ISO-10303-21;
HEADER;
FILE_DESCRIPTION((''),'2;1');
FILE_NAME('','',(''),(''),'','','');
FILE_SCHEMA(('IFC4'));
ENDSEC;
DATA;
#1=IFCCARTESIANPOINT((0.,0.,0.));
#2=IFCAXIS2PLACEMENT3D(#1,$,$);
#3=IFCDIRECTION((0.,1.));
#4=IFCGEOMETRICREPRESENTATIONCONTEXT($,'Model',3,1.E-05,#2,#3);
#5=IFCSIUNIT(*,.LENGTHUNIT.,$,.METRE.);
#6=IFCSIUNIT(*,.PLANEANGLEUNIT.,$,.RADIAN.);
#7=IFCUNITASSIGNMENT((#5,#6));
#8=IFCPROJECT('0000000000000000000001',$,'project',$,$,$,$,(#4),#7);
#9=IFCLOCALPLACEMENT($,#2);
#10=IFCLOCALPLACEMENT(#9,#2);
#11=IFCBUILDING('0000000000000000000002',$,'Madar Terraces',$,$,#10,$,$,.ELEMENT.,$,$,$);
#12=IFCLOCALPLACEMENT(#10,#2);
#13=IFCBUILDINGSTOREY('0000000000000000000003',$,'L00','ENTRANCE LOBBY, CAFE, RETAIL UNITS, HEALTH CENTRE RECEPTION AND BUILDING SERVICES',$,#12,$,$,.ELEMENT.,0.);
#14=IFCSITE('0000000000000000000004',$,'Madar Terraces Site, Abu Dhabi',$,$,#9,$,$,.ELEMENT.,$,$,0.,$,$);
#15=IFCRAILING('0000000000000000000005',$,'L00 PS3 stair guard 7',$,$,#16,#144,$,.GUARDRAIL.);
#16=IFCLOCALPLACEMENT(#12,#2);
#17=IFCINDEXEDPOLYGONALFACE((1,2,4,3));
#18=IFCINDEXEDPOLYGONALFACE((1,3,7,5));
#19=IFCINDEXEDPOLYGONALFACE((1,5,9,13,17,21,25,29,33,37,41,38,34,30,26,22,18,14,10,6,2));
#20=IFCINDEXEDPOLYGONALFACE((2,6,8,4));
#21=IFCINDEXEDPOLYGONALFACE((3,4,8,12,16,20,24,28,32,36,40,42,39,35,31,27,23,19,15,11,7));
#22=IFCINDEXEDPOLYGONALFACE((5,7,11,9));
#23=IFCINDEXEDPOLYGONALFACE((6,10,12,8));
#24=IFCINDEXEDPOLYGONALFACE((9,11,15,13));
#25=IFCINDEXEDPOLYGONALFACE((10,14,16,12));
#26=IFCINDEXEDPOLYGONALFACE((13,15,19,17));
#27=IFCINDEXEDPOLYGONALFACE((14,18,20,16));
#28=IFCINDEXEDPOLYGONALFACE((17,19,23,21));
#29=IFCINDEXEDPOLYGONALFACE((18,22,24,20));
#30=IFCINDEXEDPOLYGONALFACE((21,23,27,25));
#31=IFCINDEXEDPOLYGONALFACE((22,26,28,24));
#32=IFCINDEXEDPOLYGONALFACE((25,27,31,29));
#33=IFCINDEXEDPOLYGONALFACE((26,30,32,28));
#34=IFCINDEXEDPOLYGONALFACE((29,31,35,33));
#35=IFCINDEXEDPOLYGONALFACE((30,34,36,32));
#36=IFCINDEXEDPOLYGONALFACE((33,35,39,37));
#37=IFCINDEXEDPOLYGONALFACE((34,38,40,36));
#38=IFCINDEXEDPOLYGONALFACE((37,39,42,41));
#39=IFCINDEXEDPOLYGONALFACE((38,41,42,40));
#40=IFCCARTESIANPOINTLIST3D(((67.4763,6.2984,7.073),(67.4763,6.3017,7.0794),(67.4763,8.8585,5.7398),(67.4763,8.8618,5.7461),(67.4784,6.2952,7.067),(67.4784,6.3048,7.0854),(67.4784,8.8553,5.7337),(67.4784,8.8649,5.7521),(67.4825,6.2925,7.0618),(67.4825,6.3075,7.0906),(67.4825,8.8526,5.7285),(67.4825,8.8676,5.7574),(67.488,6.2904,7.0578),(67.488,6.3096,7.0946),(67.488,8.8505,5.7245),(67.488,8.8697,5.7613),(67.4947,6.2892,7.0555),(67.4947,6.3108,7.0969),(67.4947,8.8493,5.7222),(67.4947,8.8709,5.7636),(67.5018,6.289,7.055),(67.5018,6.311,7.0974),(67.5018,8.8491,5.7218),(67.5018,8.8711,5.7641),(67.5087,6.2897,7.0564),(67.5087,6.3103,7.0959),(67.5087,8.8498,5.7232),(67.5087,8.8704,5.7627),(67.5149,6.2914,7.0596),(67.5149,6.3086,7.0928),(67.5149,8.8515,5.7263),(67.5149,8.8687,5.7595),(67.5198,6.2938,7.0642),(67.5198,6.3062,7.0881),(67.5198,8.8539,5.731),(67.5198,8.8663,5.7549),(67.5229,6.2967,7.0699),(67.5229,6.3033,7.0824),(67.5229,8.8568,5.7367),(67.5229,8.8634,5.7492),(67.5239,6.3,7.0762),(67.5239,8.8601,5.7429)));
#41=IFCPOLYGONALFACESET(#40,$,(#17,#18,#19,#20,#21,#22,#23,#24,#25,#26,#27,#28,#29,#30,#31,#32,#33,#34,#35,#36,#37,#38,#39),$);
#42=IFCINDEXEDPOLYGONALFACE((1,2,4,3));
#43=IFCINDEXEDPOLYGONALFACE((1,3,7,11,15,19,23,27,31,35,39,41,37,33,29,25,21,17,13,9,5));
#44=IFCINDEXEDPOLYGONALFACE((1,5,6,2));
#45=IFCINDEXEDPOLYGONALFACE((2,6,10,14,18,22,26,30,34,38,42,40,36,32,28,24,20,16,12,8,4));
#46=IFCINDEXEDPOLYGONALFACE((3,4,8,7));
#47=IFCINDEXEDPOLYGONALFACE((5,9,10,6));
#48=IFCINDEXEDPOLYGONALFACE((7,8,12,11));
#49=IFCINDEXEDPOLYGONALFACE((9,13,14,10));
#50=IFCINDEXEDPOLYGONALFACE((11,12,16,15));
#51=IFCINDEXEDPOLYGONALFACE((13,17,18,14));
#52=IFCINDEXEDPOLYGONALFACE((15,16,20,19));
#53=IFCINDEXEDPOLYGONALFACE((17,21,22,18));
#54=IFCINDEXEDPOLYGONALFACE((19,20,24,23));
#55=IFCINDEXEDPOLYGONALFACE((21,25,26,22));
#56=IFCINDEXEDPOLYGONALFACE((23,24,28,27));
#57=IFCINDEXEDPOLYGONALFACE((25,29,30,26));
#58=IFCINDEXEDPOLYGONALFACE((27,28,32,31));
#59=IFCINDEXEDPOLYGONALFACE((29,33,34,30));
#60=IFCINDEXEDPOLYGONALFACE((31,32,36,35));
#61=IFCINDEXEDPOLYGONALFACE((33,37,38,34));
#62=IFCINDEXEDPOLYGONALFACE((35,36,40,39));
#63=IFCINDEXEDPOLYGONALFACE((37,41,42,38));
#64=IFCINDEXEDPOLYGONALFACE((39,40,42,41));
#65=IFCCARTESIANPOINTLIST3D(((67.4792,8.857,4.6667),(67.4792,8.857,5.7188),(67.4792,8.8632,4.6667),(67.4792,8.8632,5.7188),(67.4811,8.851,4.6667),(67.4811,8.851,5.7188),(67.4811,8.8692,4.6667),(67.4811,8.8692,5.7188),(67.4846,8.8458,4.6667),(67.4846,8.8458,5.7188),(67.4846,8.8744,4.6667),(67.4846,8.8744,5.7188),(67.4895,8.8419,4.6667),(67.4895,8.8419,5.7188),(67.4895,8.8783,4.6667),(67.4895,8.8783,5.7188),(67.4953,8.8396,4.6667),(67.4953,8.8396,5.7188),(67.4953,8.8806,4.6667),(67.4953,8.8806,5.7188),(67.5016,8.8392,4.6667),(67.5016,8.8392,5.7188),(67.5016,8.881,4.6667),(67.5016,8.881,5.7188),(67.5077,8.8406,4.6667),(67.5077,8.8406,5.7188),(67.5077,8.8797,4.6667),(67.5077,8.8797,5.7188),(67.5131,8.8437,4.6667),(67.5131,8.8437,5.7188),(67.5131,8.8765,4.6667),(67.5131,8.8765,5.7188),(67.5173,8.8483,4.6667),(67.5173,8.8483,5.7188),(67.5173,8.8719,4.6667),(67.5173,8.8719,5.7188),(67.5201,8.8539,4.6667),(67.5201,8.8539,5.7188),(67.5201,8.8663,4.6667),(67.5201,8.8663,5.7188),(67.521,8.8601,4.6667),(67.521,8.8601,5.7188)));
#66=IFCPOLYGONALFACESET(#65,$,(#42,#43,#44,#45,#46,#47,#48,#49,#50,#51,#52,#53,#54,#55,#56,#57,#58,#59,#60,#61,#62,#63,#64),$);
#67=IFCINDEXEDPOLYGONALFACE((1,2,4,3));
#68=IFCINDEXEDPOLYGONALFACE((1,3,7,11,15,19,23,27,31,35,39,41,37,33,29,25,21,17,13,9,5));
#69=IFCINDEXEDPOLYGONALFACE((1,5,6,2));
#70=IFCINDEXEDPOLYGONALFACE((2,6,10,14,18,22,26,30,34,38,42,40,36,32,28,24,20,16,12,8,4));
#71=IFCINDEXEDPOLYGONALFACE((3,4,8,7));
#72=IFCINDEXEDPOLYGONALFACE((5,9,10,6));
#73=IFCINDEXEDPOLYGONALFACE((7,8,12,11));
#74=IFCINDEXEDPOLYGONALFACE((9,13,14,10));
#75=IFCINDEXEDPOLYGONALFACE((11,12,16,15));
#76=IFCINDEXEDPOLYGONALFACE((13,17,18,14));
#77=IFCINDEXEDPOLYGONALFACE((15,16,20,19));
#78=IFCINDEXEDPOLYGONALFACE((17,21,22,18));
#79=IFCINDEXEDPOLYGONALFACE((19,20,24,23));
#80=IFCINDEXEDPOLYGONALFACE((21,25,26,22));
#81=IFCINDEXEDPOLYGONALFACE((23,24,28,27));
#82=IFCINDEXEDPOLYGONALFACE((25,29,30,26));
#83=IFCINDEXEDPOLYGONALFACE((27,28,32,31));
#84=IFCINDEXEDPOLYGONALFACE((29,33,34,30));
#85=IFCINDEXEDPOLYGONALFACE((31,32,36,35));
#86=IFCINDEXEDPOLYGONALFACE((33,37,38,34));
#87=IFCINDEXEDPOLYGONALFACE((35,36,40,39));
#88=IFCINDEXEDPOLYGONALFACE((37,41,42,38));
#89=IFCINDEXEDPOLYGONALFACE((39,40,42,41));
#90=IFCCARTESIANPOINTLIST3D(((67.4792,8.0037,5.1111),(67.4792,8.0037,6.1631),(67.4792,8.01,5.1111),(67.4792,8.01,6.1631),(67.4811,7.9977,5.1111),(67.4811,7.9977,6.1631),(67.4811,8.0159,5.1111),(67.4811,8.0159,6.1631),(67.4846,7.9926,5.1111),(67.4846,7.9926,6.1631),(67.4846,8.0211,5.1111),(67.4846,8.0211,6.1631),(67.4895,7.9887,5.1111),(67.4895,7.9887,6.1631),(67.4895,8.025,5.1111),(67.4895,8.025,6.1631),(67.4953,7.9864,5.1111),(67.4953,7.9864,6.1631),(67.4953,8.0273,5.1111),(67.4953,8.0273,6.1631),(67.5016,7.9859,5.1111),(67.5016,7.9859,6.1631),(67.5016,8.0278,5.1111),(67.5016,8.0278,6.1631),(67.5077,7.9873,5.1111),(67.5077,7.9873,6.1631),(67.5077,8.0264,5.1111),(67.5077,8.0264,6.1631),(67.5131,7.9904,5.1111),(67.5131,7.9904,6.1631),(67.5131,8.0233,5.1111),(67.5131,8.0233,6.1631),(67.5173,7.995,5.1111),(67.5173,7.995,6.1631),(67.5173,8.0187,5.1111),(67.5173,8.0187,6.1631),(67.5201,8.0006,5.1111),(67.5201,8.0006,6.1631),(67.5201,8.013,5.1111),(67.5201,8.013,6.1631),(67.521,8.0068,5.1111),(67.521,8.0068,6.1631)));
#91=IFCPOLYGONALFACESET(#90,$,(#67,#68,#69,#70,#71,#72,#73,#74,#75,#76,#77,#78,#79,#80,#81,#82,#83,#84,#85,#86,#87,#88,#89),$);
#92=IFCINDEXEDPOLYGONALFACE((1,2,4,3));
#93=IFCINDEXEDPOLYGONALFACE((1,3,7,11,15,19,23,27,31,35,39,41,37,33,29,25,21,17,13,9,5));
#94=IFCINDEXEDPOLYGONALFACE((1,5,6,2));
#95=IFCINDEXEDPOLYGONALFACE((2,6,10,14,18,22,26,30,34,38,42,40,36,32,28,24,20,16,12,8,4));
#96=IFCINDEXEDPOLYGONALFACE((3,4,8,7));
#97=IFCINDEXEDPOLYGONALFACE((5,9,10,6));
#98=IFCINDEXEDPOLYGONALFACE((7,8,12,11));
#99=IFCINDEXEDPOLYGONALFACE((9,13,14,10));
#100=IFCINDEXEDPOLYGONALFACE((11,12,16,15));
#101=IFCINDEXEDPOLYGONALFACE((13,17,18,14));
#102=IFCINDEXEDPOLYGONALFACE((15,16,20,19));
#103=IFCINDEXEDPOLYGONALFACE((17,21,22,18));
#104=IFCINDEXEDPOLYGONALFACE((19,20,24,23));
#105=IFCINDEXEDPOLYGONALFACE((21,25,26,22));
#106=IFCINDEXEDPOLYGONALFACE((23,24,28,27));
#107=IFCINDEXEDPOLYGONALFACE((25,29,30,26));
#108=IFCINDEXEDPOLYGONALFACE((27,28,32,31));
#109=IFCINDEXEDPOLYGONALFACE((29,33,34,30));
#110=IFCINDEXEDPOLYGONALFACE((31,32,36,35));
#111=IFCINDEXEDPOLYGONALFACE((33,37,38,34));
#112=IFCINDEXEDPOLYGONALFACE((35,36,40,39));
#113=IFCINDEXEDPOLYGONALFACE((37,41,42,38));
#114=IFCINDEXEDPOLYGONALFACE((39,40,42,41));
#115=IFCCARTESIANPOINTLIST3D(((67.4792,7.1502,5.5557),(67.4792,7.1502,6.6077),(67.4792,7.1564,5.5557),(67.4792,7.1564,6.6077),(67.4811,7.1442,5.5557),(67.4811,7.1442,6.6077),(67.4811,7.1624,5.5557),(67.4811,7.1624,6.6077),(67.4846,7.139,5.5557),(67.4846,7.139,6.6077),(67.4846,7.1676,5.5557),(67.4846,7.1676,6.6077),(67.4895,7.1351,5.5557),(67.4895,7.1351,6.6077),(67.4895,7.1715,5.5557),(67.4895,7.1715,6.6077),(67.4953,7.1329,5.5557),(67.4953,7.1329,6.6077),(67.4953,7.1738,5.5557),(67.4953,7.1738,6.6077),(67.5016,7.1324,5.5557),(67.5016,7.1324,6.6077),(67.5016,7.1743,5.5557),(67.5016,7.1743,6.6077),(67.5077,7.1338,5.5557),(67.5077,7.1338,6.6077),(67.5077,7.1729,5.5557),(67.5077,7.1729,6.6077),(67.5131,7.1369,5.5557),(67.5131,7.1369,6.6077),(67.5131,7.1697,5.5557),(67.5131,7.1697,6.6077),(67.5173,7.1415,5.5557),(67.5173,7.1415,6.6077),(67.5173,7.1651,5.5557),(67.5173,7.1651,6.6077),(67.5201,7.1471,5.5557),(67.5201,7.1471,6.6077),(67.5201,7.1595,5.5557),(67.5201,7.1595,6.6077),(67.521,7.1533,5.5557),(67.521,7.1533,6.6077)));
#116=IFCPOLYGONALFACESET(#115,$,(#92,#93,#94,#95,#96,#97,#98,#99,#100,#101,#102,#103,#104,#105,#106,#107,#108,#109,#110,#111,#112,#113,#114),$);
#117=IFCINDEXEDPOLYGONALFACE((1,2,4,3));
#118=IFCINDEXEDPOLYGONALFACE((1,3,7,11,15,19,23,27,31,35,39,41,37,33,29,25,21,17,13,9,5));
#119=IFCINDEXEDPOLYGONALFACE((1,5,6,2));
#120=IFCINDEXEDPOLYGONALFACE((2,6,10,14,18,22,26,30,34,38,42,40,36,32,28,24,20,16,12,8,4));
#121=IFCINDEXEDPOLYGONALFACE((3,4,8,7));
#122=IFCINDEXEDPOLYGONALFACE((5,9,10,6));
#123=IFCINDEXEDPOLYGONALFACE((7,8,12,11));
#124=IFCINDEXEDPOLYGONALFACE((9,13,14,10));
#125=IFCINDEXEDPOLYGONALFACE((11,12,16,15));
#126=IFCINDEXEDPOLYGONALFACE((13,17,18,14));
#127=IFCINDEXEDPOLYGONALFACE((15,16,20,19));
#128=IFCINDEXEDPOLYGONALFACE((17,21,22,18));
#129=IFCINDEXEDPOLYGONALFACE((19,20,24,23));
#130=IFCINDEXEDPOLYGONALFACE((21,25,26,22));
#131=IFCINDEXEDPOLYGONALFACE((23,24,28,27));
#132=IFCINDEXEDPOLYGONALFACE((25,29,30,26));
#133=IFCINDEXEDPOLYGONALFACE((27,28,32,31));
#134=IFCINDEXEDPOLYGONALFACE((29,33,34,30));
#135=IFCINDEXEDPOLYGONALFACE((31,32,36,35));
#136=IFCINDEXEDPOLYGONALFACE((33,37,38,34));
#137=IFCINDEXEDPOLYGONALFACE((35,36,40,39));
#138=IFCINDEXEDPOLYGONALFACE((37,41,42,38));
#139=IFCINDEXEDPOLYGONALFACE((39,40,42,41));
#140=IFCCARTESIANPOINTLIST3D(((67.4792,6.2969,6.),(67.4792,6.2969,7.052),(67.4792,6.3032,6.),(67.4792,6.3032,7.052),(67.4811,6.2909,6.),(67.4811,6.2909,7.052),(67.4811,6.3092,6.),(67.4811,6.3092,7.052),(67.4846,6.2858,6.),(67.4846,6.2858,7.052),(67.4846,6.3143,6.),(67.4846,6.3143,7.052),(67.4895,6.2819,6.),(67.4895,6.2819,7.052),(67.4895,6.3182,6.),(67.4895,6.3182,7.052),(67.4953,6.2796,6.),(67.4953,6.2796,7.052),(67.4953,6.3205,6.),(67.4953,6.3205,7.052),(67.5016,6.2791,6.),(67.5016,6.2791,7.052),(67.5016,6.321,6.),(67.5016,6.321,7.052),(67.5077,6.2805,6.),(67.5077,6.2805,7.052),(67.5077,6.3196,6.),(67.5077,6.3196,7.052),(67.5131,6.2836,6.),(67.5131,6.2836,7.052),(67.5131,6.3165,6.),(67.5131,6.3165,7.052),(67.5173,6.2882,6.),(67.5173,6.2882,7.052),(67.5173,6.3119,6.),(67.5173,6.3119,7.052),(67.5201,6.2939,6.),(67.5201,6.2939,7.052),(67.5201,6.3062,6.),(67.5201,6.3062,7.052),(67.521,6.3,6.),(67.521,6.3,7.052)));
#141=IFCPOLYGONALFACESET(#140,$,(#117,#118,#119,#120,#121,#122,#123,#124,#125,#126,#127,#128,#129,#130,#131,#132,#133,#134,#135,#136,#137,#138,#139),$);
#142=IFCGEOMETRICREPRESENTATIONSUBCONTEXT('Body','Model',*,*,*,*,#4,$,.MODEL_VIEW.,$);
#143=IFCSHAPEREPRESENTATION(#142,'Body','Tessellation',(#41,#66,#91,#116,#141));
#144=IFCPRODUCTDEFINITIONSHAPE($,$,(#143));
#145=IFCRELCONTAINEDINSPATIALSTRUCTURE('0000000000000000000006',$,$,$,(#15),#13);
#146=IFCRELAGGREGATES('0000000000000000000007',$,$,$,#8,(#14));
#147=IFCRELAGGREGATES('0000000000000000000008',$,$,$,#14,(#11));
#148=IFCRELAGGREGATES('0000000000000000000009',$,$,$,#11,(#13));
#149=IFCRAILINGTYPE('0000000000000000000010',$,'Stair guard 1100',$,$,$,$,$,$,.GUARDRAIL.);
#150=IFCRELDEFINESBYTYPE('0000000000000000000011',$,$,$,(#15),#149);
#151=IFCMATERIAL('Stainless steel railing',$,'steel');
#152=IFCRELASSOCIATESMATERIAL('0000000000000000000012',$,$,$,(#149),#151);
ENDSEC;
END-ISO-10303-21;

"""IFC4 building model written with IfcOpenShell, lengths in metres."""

from ifc_helpers import new_model, si_unit, direction, frame, origin, origin_2d, place, context, subcontext, project, spatial, circle, extrude, material, type_object, element, save


model = new_model("IFC4")

# Units and contexts
model_context = context("Model", 3, precision=1e-05, world=origin(), true_north=direction((0.0, 1.0)))
body_context = subcontext(model_context, "Body", "Model", "MODEL_VIEW")
ifc_project = project(units=[si_unit("LENGTHUNIT", "METRE"), si_unit("PLANEANGLEUNIT", "RADIAN")], contexts=[model_context])

# Site, building, storey
site_placement = place(None, origin())
site = spatial("IfcSite", under=ifc_project, at=site_placement, Name="Madar Terraces Site, Abu Dhabi", CompositionType="ELEMENT", RefElevation=0.0)
building_placement = place(site_placement, origin())
building = spatial("IfcBuilding", under=site, at=building_placement, Name="Madar Terraces", CompositionType="ELEMENT")
storey_placement = place(building_placement, origin())
storey = spatial("IfcBuildingStorey", under=building, at=storey_placement, Name="L00", Description="ENTRANCE LOBBY, CAFE, RETAIL UNITS, HEALTH CENTRE RECEPTION AND BUILDING SERVICES", CompositionType="ELEMENT", Elevation=0.0)

# Railing
ifc_material_1 = material(Name="Stainless steel railing", Category="steel")
railing_type_1 = type_object("IfcRailingType", Name="Stair guard 1100", PredefinedType="GUARDRAIL", material=ifc_material_1)
railing_1_placement = place(storey_placement, frame((67.5, 8.8601, 4.6667)))
element("IfcRailing", 1, at=railing_1_placement, inside=storey, type_object=railing_type_1, Name="L00 PS3 stair guard 7", PredefinedType="GUARDRAIL", context=body_context, shape_type="SweptSolid", body=[
    extrude(circle(Radius=0.0239, at=origin_2d()), frame((0.0, 0.0, 1.0762), z_axis=(0.0, -0.88693, 0.461904), x_axis=(1.0, 0.0, 0.0)), (0.0, 0.0, 1.0), 2.8865),
    extrude(circle(Radius=0.021, at=origin_2d()), origin(), (0.0, 0.0, 1.0), 1.052),
    extrude(circle(Radius=0.021, at=origin_2d()), frame((0.0, -0.8533, 0.4443)), (0.0, 0.0, 1.0), 1.052),
    extrude(circle(Radius=0.021, at=origin_2d()), frame((0.0, -1.7068, 0.8889)), (0.0, 0.0, 1.0), 1.052),
    extrude(circle(Radius=0.021, at=origin_2d()), frame((0.0, -2.5601, 1.3333)), (0.0, 0.0, 1.0), 1.052),
])

save(model, "model.ifc")
